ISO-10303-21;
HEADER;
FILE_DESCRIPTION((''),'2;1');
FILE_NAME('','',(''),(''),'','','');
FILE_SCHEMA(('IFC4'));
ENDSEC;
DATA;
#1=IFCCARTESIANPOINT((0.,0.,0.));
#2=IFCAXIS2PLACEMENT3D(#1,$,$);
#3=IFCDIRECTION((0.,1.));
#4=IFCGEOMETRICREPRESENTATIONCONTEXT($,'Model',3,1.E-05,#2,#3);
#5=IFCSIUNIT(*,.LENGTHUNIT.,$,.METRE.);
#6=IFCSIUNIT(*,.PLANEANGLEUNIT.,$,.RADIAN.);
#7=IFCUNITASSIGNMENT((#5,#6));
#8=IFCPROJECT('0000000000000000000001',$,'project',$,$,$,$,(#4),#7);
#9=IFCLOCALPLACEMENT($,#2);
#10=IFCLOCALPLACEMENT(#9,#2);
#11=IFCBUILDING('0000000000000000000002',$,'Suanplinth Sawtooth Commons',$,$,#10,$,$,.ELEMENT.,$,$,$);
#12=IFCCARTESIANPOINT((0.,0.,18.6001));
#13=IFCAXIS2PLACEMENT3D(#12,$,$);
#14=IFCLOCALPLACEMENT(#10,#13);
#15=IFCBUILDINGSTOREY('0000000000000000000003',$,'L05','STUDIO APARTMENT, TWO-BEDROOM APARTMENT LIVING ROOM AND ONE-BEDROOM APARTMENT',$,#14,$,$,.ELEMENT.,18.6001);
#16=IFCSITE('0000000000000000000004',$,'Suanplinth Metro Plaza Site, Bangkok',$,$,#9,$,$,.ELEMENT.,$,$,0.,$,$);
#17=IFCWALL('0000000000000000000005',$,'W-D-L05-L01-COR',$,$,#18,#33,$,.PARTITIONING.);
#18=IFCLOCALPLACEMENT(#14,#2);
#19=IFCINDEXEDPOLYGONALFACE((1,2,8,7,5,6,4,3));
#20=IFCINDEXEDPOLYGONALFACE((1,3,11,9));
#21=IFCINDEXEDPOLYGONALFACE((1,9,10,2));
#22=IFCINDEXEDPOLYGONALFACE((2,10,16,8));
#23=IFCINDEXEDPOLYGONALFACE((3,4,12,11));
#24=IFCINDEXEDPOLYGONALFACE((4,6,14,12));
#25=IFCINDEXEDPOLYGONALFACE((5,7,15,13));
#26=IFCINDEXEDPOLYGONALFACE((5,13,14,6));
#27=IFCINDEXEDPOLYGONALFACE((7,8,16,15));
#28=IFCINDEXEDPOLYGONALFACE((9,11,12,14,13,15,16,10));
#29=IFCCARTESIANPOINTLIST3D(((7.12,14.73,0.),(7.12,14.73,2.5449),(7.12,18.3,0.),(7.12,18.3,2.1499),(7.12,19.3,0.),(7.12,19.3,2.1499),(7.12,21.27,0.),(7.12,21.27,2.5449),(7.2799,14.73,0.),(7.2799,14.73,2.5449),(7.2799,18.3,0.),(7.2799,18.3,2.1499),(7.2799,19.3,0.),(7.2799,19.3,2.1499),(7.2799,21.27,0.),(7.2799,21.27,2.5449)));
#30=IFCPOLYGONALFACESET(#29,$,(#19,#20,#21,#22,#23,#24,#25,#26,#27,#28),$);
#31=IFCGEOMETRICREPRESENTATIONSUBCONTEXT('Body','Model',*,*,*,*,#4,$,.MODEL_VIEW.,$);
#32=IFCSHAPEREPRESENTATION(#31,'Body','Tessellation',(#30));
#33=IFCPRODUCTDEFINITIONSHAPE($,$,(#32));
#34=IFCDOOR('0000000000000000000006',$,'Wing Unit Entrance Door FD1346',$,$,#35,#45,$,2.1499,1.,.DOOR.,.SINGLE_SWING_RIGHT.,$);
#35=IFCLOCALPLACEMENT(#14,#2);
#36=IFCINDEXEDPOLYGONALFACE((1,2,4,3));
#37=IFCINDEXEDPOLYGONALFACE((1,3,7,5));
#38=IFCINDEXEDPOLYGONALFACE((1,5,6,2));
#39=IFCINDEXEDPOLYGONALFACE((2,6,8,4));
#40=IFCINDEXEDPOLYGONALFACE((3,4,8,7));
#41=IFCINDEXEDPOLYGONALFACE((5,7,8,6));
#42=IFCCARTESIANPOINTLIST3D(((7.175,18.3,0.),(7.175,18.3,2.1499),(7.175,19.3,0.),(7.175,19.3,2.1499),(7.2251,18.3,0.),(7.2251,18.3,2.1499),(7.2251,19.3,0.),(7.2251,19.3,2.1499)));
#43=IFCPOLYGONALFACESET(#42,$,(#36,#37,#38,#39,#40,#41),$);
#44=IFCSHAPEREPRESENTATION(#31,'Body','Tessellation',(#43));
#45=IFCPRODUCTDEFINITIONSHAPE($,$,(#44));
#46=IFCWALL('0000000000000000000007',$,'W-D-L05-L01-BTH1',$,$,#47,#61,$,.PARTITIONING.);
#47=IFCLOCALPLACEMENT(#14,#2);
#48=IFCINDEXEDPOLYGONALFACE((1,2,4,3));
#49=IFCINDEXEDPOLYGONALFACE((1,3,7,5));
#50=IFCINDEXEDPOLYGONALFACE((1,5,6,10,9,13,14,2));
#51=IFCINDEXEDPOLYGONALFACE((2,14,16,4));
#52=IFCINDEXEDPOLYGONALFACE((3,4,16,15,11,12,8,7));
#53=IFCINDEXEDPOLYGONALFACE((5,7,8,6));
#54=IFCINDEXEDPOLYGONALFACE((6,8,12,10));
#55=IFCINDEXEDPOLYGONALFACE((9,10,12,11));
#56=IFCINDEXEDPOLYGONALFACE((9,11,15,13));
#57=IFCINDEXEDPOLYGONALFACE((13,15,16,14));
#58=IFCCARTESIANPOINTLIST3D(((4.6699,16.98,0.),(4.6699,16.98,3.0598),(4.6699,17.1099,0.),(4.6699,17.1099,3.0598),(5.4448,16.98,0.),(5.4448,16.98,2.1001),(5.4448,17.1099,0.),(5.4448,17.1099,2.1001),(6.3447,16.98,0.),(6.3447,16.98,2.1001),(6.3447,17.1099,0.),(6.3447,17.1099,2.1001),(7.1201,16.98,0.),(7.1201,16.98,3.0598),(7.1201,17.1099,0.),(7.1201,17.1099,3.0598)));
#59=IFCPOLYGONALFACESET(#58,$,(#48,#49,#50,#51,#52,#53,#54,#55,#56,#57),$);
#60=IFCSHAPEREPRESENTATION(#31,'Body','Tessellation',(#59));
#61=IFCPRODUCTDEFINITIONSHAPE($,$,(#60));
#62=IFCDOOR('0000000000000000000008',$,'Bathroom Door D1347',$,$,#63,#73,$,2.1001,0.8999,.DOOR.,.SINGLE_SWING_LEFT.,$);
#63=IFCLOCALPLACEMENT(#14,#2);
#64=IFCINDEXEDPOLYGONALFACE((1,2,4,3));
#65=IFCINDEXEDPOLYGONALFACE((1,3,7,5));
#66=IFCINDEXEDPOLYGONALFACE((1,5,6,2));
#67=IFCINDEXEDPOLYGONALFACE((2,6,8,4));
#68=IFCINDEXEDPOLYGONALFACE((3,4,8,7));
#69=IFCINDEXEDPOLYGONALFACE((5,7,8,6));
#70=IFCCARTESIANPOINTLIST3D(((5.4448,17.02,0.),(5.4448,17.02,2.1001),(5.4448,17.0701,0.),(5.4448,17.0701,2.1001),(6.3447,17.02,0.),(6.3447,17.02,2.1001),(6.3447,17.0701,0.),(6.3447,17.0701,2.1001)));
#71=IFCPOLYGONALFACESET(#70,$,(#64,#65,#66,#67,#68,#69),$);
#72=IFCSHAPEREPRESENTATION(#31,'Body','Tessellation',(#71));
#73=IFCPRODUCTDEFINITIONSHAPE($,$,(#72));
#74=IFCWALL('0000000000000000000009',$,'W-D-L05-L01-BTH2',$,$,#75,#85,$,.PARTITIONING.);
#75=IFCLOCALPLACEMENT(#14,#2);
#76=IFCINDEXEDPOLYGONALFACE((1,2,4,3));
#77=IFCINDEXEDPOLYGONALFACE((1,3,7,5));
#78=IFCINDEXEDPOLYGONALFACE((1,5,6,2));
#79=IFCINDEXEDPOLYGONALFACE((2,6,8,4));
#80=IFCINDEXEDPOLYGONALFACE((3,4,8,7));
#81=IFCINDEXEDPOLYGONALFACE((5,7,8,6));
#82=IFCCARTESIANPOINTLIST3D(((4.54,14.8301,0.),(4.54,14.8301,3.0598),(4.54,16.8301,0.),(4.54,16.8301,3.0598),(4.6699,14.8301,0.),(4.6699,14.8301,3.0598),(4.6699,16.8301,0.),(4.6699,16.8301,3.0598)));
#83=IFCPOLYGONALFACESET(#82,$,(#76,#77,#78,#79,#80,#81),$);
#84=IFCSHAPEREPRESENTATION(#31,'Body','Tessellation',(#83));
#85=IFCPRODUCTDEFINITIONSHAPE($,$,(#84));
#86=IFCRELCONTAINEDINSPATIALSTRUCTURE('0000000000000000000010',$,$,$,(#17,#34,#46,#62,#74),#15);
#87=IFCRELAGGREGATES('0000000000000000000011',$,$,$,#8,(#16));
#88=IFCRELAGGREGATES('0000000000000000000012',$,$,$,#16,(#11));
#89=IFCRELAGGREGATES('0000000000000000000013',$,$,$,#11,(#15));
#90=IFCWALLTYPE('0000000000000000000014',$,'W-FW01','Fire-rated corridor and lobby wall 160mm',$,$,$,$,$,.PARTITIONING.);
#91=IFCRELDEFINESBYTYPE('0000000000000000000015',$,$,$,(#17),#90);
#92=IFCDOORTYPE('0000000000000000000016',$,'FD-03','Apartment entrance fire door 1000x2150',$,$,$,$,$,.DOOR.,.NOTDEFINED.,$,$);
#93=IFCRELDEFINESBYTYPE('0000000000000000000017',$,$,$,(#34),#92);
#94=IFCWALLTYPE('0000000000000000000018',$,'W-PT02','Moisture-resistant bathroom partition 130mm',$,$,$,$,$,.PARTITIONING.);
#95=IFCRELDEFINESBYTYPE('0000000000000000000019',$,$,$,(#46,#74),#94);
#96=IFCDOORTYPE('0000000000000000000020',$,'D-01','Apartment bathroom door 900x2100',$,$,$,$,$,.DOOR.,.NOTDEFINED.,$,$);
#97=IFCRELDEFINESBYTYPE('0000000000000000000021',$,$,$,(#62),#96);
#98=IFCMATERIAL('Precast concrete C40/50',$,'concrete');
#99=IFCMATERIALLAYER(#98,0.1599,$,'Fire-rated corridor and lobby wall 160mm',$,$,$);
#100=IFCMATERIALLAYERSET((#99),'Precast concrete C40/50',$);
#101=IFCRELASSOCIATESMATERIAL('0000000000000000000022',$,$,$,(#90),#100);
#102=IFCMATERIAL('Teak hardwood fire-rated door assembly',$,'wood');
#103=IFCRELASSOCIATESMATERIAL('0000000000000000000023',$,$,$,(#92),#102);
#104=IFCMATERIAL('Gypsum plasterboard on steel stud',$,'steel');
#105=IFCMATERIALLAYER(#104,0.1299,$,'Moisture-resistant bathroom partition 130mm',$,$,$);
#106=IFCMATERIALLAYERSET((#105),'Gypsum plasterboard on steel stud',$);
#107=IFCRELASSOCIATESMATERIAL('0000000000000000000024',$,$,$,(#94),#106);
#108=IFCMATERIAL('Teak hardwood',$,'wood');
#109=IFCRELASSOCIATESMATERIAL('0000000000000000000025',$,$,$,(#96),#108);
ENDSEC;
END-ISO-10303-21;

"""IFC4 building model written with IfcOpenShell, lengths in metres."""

from ifc_helpers import new_model, si_unit, direction, frame, frame_2d, origin, place, context, subcontext, project, spatial, rectangle, extrude, material, layer, layer_set, type_object, element, fill, save


model = new_model("IFC4")

# Units and contexts
model_context = context("Model", 3, precision=1e-05, world=origin(), true_north=direction((0.0, 1.0)))
body_context = subcontext(model_context, "Body", "Model", "MODEL_VIEW")
ifc_project = project(units=[si_unit("LENGTHUNIT", "METRE"), si_unit("PLANEANGLEUNIT", "RADIAN")], contexts=[model_context])

# Site, building, storey
site_placement = place(None, origin())
site = spatial("IfcSite", under=ifc_project, at=site_placement, Name="Suanplinth Metro Plaza Site, Bangkok", CompositionType="ELEMENT", RefElevation=0.0)
building_placement = place(site_placement, origin())
building = spatial("IfcBuilding", under=site, at=building_placement, Name="Suanplinth Sawtooth Commons", CompositionType="ELEMENT")
storey_placement = place(building_placement, frame((0.0, 0.0, 18.6001)))
storey = spatial("IfcBuildingStorey", under=building, at=storey_placement, Name="L05", Description="STUDIO APARTMENT, TWO-BEDROOM APARTMENT LIVING ROOM AND ONE-BEDROOM APARTMENT", CompositionType="ELEMENT", Elevation=18.6001)

# Shared definitions
ifc_material_1 = material(Name="Precast concrete C40/50", Category="concrete")

# Walls, openings, doors
ifc_layer_1 = layer(ifc_material_1, 0.1599, Name="Fire-rated corridor and lobby wall 160mm")
ifc_layer_set_1 = layer_set([ifc_layer_1], Name="Precast concrete C40/50")
wall_type_1 = type_object("IfcWallType", Name="W-FW01", Description="Fire-rated corridor and lobby wall 160mm", PredefinedType="PARTITIONING", material=ifc_layer_set_1)
wall_1_placement = place(storey_placement, frame((7.2, 14.73, 0.0), z_axis=(0.0, 0.0, 1.0), x_axis=(0.0, 1.0, 0.0)))
wall_1 = element("IfcWall", 1, at=wall_1_placement, inside=storey, type_object=wall_type_1, Name="W-D-L05-L01-COR", PredefinedType="PARTITIONING", context=body_context, shape_type="SweptSolid", body=[
    extrude(rectangle(XDim=6.54, YDim=0.1599, at=frame_2d((3.27, 0.0))), origin(), (0.0, 0.0, 1.0), 2.5449),
])
opening_1_placement = place(wall_1_placement, frame((3.5701, 0.0, 0.0)))
opening_1 = element("IfcOpeningElement", 2, at=opening_1_placement, cuts=wall_1, PredefinedType="OPENING", context=body_context, shape_type="SweptSolid", body=[
    extrude(rectangle(XDim=1.0, YDim=2.1499, at=frame_2d((0.5, 1.075))), frame((0.0, 0.0947, 0.0), z_axis=(0.0, -1.0, 0.0), x_axis=(1.0, 0.0, 0.0)), (0.0, 0.0, 1.0), 0.1897),
])
ifc_material_2 = material(Name="Teak hardwood fire-rated door assembly", Category="wood")
door_type_1 = type_object("IfcDoorType", Name="FD-03", Description="Apartment entrance fire door 1000x2150", OperationType="NOTDEFINED", PredefinedType="DOOR", material=ifc_material_2)
door_1_placement = place(opening_1_placement, origin())
door_1 = element("IfcDoor", 3, at=door_1_placement, inside=storey, type_object=door_type_1, Name="Wing Unit Entrance Door FD1346", OperationType="SINGLE_SWING_RIGHT", OverallHeight=2.1499, OverallWidth=1.0, PredefinedType="DOOR", context=body_context, shape_type="SweptSolid", body=[
    extrude(rectangle(XDim=1.0, YDim=2.1499, at=frame_2d((0.5, 1.075))), frame((0.0, 0.0249, 0.0), z_axis=(0.0, -1.0, 0.0), x_axis=(1.0, 0.0, 0.0)), (0.0, 0.0, 1.0), 0.05),
])
fill(opening_1, door_1)
ifc_material_3 = material(Name="Gypsum plasterboard on steel stud", Category="steel")
ifc_layer_2 = layer(ifc_material_3, 0.1299, Name="Moisture-resistant bathroom partition 130mm")
ifc_layer_set_2 = layer_set([ifc_layer_2], Name="Gypsum plasterboard on steel stud")
wall_type_2 = type_object("IfcWallType", Name="W-PT02", Description="Moisture-resistant bathroom partition 130mm", PredefinedType="PARTITIONING", material=ifc_layer_set_2)
wall_2_placement = place(storey_placement, frame((4.6699, 17.0449, 0.0), z_axis=(0.0, 0.0, 1.0), x_axis=(1.0, 0.0, 0.0)))
wall_2 = element("IfcWall", 4, at=wall_2_placement, inside=storey, type_object=wall_type_2, Name="W-D-L05-L01-BTH1", PredefinedType="PARTITIONING", context=body_context, shape_type="SweptSolid", body=[
    extrude(rectangle(XDim=2.4502, YDim=0.1299, at=frame_2d((1.2251, 0.0))), origin(), (0.0, 0.0, 1.0), 3.0598),
])
opening_2_placement = place(wall_2_placement, frame((0.7749, 0.0, 0.0)))
opening_2 = element("IfcOpeningElement", 5, at=opening_2_placement, cuts=wall_2, PredefinedType="OPENING", context=body_context, shape_type="SweptSolid", body=[
    extrude(rectangle(XDim=0.8999, YDim=2.1001, at=frame_2d((0.45, 1.05))), frame((0.0, 0.0798, 0.0), z_axis=(0.0, -1.0, 0.0), x_axis=(1.0, 0.0, 0.0)), (0.0, 0.0, 1.0), 0.1597),
])
ifc_material_4 = material(Name="Teak hardwood", Category="wood")
door_type_2 = type_object("IfcDoorType", Name="D-01", Description="Apartment bathroom door 900x2100", OperationType="NOTDEFINED", PredefinedType="DOOR", material=ifc_material_4)
door_2_placement = place(opening_2_placement, frame((0.8999, 0.0, 0.0), z_axis=(0.0, 0.0, 1.0), x_axis=(-1.0, 0.0, 0.0)))
door_2 = element("IfcDoor", 6, at=door_2_placement, inside=storey, type_object=door_type_2, Name="Bathroom Door D1347", OperationType="SINGLE_SWING_LEFT", OverallHeight=2.1001, OverallWidth=0.8999, PredefinedType="DOOR", context=body_context, shape_type="SweptSolid", body=[
    extrude(rectangle(XDim=0.8999, YDim=2.1001, at=frame_2d((0.45, 1.05))), frame((0.0, 0.0249, 0.0), z_axis=(0.0, -1.0, 0.0), x_axis=(1.0, 0.0, 0.0)), (0.0, 0.0, 1.0), 0.05),
])
fill(opening_2, door_2)

# Wall
wall_3_placement = place(storey_placement, frame((4.605, 14.8301, 0.0), z_axis=(0.0, 0.0, 1.0), x_axis=(0.0, 1.0, 0.0)))
element("IfcWall", 7, at=wall_3_placement, inside=storey, type_object=wall_type_2, Name="W-D-L05-L01-BTH2", PredefinedType="PARTITIONING", context=body_context, shape_type="SweptSolid", body=[
    extrude(rectangle(XDim=2.0, YDim=0.1299, at=frame_2d((1.0, 0.0))), origin(), (0.0, 0.0, 1.0), 3.0598),
])

save(model, "model.ifc")
